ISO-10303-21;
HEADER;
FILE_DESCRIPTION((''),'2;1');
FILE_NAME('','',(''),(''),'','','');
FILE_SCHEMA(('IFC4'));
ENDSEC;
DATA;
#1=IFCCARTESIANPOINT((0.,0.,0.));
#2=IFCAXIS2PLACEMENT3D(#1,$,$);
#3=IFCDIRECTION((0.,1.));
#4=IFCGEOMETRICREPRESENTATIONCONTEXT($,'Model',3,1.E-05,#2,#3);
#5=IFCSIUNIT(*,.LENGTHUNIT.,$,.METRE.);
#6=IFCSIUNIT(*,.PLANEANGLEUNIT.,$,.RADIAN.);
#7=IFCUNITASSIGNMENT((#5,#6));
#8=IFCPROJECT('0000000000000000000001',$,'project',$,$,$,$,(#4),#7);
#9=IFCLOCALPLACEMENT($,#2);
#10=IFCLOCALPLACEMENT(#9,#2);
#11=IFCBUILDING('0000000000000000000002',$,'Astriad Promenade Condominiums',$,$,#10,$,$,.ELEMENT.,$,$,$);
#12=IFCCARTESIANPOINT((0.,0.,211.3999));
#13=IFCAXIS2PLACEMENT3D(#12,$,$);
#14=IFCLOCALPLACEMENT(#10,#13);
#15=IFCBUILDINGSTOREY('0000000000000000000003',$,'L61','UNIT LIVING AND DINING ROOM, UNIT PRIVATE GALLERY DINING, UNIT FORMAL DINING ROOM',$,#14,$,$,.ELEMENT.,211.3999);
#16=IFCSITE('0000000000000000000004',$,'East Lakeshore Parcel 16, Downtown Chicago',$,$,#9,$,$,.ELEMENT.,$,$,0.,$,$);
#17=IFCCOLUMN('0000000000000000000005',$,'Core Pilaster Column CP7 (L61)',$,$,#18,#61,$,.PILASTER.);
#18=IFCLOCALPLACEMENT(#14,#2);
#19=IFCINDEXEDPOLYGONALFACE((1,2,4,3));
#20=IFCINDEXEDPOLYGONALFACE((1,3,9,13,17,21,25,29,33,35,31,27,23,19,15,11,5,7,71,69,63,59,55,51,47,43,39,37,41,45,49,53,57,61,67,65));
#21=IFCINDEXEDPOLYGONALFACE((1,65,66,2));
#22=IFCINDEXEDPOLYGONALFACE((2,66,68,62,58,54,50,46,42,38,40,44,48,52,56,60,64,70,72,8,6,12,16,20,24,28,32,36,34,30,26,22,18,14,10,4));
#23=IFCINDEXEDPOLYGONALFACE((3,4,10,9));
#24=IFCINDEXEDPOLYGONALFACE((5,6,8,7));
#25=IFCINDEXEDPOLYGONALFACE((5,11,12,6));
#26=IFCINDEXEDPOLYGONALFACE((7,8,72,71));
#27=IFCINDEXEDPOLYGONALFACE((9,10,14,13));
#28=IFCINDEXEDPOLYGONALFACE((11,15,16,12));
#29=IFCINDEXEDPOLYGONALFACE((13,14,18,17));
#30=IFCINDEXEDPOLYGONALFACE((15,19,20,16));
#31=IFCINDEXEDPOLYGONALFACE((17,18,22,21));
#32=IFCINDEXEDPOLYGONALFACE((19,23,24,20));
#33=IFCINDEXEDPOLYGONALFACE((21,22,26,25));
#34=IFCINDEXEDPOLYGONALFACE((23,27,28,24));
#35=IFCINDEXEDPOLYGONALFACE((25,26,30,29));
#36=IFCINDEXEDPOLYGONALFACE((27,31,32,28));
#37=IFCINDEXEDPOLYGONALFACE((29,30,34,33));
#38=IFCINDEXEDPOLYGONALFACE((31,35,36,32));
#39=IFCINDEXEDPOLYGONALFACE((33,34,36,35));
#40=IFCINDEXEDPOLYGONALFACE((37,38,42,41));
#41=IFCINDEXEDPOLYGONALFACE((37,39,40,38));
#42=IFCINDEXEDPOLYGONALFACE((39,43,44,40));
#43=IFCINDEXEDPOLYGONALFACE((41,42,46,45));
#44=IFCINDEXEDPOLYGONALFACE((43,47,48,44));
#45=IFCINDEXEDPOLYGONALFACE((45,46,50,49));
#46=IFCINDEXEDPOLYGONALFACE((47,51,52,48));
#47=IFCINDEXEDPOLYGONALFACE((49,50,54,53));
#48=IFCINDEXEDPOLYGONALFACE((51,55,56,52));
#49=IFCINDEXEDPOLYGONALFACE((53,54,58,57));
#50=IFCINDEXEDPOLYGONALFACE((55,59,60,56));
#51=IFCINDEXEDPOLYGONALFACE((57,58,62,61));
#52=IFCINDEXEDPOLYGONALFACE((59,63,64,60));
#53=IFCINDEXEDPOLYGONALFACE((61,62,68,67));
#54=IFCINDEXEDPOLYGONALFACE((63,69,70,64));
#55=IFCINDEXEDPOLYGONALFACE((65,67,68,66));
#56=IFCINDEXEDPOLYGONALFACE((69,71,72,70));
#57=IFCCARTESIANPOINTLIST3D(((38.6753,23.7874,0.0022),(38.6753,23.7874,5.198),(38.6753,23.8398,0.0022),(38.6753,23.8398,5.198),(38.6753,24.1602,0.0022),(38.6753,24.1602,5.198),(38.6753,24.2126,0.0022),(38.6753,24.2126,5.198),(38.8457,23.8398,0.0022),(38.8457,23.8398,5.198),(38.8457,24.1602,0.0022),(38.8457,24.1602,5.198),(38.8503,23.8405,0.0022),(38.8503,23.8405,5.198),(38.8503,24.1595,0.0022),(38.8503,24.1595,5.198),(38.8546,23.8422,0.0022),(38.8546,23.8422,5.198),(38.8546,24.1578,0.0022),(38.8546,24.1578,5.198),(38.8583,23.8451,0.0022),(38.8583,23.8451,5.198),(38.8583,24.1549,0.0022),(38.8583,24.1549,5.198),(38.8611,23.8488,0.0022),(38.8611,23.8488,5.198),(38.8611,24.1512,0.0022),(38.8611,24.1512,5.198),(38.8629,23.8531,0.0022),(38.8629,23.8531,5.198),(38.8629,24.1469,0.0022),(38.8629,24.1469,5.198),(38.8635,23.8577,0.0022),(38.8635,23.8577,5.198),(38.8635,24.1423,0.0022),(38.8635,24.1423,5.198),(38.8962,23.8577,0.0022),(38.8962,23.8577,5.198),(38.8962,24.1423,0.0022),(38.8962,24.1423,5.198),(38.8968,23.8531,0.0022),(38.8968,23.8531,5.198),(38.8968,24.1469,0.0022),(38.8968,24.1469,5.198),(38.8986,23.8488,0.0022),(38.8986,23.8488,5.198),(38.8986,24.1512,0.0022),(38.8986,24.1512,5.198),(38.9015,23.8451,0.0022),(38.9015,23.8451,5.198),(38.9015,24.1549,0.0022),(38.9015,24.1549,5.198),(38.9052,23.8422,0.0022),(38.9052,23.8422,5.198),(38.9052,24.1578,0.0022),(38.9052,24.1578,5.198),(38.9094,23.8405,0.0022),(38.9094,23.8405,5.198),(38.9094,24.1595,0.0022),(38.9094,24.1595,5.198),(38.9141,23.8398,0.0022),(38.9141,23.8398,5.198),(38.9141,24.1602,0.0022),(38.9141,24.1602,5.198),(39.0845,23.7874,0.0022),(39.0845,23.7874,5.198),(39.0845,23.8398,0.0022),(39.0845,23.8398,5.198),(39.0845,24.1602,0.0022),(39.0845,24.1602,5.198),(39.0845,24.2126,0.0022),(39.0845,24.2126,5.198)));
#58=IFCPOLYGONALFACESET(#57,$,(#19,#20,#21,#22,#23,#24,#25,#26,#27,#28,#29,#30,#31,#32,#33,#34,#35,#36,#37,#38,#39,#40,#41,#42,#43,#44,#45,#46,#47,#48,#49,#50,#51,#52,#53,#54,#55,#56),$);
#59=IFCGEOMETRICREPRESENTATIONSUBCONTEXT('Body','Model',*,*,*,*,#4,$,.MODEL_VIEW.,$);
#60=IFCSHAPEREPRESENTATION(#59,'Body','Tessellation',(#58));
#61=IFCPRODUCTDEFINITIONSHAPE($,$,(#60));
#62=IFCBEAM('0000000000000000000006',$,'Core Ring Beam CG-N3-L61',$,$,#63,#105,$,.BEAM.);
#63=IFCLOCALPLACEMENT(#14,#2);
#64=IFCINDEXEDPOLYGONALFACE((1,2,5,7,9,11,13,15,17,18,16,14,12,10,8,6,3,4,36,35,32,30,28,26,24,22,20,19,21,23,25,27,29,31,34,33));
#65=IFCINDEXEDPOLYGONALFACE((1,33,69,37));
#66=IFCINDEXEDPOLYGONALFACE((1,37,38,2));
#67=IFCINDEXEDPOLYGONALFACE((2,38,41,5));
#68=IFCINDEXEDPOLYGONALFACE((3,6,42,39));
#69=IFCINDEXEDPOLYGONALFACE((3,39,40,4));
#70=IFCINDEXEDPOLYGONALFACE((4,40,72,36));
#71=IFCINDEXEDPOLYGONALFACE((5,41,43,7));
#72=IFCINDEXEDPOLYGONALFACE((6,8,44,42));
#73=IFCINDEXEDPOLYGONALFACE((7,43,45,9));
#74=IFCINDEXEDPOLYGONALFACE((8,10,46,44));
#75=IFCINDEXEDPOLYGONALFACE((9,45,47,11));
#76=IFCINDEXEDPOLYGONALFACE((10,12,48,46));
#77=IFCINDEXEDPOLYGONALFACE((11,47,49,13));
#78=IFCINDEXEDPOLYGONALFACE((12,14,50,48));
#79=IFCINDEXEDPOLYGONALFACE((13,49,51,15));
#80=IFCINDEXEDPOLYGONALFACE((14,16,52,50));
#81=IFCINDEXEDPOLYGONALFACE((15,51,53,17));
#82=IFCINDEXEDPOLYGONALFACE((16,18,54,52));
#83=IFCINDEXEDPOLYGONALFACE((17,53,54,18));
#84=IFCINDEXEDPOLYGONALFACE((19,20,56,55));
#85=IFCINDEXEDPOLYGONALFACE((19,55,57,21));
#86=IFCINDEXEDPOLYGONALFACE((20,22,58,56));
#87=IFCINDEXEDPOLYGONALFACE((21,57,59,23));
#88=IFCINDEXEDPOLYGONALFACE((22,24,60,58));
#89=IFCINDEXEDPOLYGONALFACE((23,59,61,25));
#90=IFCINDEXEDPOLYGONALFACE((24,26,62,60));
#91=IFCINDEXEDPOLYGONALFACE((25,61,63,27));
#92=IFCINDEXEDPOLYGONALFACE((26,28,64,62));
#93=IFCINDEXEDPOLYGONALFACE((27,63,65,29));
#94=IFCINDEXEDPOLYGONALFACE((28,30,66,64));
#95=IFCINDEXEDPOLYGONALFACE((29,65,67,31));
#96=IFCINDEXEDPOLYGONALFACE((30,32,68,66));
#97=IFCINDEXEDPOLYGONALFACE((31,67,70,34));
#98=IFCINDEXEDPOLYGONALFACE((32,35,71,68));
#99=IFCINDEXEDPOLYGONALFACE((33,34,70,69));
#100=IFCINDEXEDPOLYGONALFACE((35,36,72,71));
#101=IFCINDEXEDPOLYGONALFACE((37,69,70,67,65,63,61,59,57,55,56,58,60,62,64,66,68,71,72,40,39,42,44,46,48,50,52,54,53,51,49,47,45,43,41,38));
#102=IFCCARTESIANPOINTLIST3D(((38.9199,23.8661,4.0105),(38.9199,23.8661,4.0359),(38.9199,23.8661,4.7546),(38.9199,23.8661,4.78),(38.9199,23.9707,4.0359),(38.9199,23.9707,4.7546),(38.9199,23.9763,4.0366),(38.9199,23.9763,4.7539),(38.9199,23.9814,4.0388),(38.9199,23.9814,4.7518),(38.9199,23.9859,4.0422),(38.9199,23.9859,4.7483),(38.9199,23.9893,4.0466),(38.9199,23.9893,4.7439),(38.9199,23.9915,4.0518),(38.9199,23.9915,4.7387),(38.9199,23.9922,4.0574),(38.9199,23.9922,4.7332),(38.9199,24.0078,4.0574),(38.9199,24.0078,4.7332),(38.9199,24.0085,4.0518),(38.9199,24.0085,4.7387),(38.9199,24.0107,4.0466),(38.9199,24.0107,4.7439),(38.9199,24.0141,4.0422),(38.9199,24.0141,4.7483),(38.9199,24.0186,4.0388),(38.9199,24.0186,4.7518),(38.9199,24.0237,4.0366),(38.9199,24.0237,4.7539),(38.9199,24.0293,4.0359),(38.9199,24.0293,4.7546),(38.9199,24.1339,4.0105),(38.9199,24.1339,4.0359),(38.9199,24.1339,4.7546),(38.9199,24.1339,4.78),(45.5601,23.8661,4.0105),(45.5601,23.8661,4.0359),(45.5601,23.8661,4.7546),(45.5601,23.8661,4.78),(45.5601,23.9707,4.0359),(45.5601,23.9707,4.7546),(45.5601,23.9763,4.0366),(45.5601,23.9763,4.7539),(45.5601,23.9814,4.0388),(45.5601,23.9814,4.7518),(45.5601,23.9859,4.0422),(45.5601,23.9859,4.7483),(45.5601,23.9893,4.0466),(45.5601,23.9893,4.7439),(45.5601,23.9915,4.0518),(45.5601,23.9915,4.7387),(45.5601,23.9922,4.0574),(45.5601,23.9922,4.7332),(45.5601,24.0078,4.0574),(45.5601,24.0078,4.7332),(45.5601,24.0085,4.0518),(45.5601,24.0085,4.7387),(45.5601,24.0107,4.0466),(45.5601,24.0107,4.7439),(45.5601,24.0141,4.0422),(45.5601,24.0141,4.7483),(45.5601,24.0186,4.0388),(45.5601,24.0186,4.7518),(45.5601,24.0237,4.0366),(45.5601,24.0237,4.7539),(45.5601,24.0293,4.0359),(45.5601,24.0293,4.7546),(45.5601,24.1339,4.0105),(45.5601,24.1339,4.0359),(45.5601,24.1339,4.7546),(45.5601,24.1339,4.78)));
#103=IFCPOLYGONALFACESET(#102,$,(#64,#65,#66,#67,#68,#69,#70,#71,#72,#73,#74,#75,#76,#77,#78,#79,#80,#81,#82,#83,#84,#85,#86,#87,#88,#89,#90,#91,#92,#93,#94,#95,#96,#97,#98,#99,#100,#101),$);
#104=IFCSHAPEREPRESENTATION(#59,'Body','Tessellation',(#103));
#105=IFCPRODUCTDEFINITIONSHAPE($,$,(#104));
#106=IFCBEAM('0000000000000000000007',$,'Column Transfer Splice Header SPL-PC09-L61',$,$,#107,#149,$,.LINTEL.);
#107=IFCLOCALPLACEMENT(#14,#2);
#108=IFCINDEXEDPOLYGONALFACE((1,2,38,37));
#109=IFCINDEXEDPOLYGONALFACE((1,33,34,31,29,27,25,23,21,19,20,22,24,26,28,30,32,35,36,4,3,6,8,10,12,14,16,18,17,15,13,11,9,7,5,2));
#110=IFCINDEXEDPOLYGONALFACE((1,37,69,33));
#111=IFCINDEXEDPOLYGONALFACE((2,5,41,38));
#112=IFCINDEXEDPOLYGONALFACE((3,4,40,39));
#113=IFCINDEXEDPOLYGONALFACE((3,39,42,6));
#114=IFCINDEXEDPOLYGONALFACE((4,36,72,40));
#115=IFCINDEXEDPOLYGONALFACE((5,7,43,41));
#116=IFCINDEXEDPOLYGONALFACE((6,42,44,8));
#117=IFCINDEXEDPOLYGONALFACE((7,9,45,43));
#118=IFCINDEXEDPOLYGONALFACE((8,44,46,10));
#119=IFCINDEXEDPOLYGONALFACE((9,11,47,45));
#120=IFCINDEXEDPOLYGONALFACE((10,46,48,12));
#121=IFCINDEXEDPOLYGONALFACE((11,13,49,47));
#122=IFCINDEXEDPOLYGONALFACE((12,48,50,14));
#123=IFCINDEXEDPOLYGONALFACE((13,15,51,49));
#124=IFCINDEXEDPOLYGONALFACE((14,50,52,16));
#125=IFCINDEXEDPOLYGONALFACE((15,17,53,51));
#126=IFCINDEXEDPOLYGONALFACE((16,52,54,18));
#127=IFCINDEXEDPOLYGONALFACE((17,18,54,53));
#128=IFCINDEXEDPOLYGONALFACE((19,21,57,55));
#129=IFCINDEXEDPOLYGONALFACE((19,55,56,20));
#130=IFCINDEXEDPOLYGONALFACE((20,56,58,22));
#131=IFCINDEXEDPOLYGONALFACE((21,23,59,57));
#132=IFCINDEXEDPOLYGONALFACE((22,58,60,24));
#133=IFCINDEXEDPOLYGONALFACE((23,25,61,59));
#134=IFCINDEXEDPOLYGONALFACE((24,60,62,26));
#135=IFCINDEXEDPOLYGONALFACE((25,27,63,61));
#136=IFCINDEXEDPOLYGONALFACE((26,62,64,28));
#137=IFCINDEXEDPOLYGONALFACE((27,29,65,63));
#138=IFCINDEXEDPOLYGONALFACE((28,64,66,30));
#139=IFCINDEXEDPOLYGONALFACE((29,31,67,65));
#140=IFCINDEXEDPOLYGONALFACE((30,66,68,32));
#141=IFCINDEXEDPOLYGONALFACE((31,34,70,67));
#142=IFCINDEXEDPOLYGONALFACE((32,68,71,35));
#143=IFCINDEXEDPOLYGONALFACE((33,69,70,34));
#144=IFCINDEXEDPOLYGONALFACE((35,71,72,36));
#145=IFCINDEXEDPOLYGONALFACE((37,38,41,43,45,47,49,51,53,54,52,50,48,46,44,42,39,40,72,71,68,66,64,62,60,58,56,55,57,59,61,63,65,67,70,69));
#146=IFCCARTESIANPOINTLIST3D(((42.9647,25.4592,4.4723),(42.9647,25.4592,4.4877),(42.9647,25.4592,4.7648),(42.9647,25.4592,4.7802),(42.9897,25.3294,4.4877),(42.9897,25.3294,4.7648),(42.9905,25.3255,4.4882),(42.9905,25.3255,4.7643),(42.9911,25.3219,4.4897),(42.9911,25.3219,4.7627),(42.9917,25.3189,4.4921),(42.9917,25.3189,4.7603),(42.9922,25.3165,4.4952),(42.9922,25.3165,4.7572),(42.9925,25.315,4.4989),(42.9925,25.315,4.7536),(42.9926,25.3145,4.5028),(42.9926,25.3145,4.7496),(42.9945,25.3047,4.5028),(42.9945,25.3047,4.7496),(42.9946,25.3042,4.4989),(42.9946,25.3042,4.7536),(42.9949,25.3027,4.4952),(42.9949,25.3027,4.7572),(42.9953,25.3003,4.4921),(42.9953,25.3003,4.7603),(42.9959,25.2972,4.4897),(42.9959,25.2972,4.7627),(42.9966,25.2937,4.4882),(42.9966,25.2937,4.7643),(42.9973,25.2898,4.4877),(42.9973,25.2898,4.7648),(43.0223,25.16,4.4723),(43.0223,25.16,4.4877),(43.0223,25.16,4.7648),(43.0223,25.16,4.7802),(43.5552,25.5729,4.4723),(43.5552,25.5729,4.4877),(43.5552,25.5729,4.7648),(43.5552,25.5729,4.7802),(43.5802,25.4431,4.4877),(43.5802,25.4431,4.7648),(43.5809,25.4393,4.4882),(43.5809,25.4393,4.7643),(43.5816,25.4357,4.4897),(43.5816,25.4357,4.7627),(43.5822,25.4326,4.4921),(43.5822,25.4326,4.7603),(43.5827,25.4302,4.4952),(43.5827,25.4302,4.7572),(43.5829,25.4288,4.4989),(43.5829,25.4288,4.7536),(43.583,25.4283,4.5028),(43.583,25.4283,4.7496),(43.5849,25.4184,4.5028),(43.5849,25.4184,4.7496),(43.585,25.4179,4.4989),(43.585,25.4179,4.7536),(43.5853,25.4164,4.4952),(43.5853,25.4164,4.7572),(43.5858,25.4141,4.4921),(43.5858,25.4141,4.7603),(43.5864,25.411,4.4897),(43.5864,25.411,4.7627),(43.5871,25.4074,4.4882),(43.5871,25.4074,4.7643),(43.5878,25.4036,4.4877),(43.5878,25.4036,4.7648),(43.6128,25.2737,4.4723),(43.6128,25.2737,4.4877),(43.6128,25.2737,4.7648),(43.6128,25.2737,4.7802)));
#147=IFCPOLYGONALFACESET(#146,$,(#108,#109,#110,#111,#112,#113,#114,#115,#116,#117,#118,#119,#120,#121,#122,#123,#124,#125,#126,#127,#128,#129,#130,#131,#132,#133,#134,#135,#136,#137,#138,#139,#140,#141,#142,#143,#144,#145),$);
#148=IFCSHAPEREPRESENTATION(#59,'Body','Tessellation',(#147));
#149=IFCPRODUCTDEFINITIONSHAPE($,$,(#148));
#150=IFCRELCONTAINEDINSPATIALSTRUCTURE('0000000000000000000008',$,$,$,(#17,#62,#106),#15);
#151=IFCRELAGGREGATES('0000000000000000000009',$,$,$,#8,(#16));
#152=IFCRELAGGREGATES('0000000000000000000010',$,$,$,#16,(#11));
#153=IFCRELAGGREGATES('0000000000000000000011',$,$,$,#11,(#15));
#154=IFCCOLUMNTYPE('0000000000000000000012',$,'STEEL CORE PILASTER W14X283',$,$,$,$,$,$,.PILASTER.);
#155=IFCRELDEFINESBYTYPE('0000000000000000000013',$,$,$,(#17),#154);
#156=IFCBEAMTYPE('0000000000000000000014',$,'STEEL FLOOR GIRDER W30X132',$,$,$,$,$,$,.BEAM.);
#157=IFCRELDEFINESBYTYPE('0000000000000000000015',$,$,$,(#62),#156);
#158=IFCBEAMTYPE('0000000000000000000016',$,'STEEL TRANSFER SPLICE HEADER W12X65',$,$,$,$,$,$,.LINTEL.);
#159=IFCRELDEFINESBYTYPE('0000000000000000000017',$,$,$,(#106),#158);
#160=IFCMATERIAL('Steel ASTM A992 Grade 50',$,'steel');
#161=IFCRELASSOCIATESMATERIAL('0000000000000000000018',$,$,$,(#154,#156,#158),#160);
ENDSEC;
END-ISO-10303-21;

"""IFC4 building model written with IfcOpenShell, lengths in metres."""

from ifc_helpers import new_model, si_unit, direction, frame, origin, origin_2d, place, context, subcontext, project, spatial, i_section, extrude, source, transform, mapped, material, material_profile, profile_set, type_object, type_shapes, element, save


model = new_model("IFC4")

# Units and contexts
model_context = context("Model", 3, precision=1e-05, world=origin(), true_north=direction((0.0, 1.0)))
body_context = subcontext(model_context, "Body", "Model", "MODEL_VIEW")
ifc_project = project(units=[si_unit("LENGTHUNIT", "METRE"), si_unit("PLANEANGLEUNIT", "RADIAN")], contexts=[model_context])

# Site, building, storey
site_placement = place(None, origin())
site = spatial("IfcSite", under=ifc_project, at=site_placement, Name="East Lakeshore Parcel 16, Downtown Chicago", CompositionType="ELEMENT", RefElevation=0.0)
building_placement = place(site_placement, origin())
building = spatial("IfcBuilding", under=site, at=building_placement, Name="Astriad Promenade Condominiums", CompositionType="ELEMENT")
storey_placement = place(building_placement, frame((0.0, 0.0, 211.3999)))
storey = spatial("IfcBuildingStorey", under=building, at=storey_placement, Name="L61", Description="UNIT LIVING AND DINING ROOM, UNIT PRIVATE GALLERY DINING, UNIT FORMAL DINING ROOM", CompositionType="ELEMENT", Elevation=211.3999)

# Column
ifc_material_1 = material(Name="Steel ASTM A992 Grade 50", Category="steel")
ifc_material_profile_1 = material_profile(ifc_material_1, i_section(OverallWidth=0.4092, OverallDepth=0.4253, WebThickness=0.0327, FlangeThickness=0.0525, FilletRadius=0.0178, at=origin_2d()), Name="W14X283")
ifc_profile_set_1 = profile_set([ifc_material_profile_1], Name="Steel ASTM A992 Grade 50")
column_type = type_object("IfcColumnType", Name="STEEL CORE PILASTER W14X283", PredefinedType="PILASTER", material=ifc_profile_set_1)
shared_shape_1 = source(origin(), body_context, "Body", "SweptSolid", [
    extrude(i_section(OverallWidth=0.4092, OverallDepth=0.4253, WebThickness=0.0327, FlangeThickness=0.0525, FilletRadius=0.0178, at=origin_2d()), origin(), (0.0, 0.0, 1.0), 5.1958),
])
type_shapes(column_type, [shared_shape_1])
column_placement = place(storey_placement, frame((38.8799, 24.0, 0.0022), z_axis=(0.0, 0.0, 1.0), x_axis=(1.0, 0.0, 0.0)))
element("IfcColumn", 1, at=column_placement, inside=storey, type_object=column_type, Name="Core Pilaster Column CP7 (L61)", PredefinedType="PILASTER", context=body_context, shape_type="MappedRepresentation", body=[
    mapped(shared_shape_1, transform((0.0, 0.0, 0.0), scale=1.0)),
])

# Beams
ifc_material_profile_2 = material_profile(ifc_material_1, i_section(OverallWidth=0.2678, OverallDepth=0.7695, WebThickness=0.0156, FlangeThickness=0.0254, FilletRadius=0.0215, at=origin_2d()), Name="W30X132")
ifc_profile_set_2 = profile_set([ifc_material_profile_2], Name="Steel ASTM A992 Grade 50")
beam_type_1 = type_object("IfcBeamType", Name="STEEL FLOOR GIRDER W30X132", PredefinedType="BEAM", material=ifc_profile_set_2)
shared_shape_2 = source(origin(), body_context, "Body", "SweptSolid", [
    extrude(i_section(OverallWidth=0.2678, OverallDepth=0.7695, WebThickness=0.0156, FlangeThickness=0.0254, FilletRadius=0.0215, at=origin_2d()), origin(), (0.0, 0.0, 1.0), 6.6401),
])
type_shapes(beam_type_1, [shared_shape_2])
beam_1_placement = place(storey_placement, frame((38.9199, 24.0, 4.3953), z_axis=(1.0, 0.0, 0.0), x_axis=(0.0, 1.0, 0.0)))
element("IfcBeam", 2, at=beam_1_placement, inside=storey, type_object=beam_type_1, Name="Core Ring Beam CG-N3-L61", PredefinedType="BEAM", context=body_context, shape_type="MappedRepresentation", body=[
    mapped(shared_shape_2, transform((0.0, 0.0, 0.0), scale=1.0)),
])
ifc_material_profile_3 = material_profile(ifc_material_1, i_section(OverallWidth=0.3047, OverallDepth=0.3079, WebThickness=0.01, FlangeThickness=0.0154, FilletRadius=0.0151, at=origin_2d()), Name="W12X65")
ifc_profile_set_3 = profile_set([ifc_material_profile_3], Name="Steel ASTM A992 Grade 50")
beam_type_2 = type_object("IfcBeamType", Name="STEEL TRANSFER SPLICE HEADER W12X65", PredefinedType="LINTEL", material=ifc_profile_set_3)
shared_shape_3 = source(origin(), body_context, "Body", "SweptSolid", [
    extrude(i_section(OverallWidth=0.3047, OverallDepth=0.3079, WebThickness=0.01, FlangeThickness=0.0154, FilletRadius=0.0151, at=origin_2d()), origin(), (0.0, 0.0, 1.0), 0.6013),
])
type_shapes(beam_type_2, [shared_shape_3])
beam_2_placement = place(storey_placement, frame((43.584, 25.4233, 4.6262), z_axis=(-0.981946, -0.189164, 0.0), x_axis=(0.189164, -0.981946, 0.0)))
element("IfcBeam", 3, at=beam_2_placement, inside=storey, type_object=beam_type_2, Name="Column Transfer Splice Header SPL-PC09-L61", PredefinedType="LINTEL", context=body_context, shape_type="MappedRepresentation", body=[
    mapped(shared_shape_3, transform((0.0, 0.0, 0.0), scale=1.0)),
])

save(model, "model.ifc")
